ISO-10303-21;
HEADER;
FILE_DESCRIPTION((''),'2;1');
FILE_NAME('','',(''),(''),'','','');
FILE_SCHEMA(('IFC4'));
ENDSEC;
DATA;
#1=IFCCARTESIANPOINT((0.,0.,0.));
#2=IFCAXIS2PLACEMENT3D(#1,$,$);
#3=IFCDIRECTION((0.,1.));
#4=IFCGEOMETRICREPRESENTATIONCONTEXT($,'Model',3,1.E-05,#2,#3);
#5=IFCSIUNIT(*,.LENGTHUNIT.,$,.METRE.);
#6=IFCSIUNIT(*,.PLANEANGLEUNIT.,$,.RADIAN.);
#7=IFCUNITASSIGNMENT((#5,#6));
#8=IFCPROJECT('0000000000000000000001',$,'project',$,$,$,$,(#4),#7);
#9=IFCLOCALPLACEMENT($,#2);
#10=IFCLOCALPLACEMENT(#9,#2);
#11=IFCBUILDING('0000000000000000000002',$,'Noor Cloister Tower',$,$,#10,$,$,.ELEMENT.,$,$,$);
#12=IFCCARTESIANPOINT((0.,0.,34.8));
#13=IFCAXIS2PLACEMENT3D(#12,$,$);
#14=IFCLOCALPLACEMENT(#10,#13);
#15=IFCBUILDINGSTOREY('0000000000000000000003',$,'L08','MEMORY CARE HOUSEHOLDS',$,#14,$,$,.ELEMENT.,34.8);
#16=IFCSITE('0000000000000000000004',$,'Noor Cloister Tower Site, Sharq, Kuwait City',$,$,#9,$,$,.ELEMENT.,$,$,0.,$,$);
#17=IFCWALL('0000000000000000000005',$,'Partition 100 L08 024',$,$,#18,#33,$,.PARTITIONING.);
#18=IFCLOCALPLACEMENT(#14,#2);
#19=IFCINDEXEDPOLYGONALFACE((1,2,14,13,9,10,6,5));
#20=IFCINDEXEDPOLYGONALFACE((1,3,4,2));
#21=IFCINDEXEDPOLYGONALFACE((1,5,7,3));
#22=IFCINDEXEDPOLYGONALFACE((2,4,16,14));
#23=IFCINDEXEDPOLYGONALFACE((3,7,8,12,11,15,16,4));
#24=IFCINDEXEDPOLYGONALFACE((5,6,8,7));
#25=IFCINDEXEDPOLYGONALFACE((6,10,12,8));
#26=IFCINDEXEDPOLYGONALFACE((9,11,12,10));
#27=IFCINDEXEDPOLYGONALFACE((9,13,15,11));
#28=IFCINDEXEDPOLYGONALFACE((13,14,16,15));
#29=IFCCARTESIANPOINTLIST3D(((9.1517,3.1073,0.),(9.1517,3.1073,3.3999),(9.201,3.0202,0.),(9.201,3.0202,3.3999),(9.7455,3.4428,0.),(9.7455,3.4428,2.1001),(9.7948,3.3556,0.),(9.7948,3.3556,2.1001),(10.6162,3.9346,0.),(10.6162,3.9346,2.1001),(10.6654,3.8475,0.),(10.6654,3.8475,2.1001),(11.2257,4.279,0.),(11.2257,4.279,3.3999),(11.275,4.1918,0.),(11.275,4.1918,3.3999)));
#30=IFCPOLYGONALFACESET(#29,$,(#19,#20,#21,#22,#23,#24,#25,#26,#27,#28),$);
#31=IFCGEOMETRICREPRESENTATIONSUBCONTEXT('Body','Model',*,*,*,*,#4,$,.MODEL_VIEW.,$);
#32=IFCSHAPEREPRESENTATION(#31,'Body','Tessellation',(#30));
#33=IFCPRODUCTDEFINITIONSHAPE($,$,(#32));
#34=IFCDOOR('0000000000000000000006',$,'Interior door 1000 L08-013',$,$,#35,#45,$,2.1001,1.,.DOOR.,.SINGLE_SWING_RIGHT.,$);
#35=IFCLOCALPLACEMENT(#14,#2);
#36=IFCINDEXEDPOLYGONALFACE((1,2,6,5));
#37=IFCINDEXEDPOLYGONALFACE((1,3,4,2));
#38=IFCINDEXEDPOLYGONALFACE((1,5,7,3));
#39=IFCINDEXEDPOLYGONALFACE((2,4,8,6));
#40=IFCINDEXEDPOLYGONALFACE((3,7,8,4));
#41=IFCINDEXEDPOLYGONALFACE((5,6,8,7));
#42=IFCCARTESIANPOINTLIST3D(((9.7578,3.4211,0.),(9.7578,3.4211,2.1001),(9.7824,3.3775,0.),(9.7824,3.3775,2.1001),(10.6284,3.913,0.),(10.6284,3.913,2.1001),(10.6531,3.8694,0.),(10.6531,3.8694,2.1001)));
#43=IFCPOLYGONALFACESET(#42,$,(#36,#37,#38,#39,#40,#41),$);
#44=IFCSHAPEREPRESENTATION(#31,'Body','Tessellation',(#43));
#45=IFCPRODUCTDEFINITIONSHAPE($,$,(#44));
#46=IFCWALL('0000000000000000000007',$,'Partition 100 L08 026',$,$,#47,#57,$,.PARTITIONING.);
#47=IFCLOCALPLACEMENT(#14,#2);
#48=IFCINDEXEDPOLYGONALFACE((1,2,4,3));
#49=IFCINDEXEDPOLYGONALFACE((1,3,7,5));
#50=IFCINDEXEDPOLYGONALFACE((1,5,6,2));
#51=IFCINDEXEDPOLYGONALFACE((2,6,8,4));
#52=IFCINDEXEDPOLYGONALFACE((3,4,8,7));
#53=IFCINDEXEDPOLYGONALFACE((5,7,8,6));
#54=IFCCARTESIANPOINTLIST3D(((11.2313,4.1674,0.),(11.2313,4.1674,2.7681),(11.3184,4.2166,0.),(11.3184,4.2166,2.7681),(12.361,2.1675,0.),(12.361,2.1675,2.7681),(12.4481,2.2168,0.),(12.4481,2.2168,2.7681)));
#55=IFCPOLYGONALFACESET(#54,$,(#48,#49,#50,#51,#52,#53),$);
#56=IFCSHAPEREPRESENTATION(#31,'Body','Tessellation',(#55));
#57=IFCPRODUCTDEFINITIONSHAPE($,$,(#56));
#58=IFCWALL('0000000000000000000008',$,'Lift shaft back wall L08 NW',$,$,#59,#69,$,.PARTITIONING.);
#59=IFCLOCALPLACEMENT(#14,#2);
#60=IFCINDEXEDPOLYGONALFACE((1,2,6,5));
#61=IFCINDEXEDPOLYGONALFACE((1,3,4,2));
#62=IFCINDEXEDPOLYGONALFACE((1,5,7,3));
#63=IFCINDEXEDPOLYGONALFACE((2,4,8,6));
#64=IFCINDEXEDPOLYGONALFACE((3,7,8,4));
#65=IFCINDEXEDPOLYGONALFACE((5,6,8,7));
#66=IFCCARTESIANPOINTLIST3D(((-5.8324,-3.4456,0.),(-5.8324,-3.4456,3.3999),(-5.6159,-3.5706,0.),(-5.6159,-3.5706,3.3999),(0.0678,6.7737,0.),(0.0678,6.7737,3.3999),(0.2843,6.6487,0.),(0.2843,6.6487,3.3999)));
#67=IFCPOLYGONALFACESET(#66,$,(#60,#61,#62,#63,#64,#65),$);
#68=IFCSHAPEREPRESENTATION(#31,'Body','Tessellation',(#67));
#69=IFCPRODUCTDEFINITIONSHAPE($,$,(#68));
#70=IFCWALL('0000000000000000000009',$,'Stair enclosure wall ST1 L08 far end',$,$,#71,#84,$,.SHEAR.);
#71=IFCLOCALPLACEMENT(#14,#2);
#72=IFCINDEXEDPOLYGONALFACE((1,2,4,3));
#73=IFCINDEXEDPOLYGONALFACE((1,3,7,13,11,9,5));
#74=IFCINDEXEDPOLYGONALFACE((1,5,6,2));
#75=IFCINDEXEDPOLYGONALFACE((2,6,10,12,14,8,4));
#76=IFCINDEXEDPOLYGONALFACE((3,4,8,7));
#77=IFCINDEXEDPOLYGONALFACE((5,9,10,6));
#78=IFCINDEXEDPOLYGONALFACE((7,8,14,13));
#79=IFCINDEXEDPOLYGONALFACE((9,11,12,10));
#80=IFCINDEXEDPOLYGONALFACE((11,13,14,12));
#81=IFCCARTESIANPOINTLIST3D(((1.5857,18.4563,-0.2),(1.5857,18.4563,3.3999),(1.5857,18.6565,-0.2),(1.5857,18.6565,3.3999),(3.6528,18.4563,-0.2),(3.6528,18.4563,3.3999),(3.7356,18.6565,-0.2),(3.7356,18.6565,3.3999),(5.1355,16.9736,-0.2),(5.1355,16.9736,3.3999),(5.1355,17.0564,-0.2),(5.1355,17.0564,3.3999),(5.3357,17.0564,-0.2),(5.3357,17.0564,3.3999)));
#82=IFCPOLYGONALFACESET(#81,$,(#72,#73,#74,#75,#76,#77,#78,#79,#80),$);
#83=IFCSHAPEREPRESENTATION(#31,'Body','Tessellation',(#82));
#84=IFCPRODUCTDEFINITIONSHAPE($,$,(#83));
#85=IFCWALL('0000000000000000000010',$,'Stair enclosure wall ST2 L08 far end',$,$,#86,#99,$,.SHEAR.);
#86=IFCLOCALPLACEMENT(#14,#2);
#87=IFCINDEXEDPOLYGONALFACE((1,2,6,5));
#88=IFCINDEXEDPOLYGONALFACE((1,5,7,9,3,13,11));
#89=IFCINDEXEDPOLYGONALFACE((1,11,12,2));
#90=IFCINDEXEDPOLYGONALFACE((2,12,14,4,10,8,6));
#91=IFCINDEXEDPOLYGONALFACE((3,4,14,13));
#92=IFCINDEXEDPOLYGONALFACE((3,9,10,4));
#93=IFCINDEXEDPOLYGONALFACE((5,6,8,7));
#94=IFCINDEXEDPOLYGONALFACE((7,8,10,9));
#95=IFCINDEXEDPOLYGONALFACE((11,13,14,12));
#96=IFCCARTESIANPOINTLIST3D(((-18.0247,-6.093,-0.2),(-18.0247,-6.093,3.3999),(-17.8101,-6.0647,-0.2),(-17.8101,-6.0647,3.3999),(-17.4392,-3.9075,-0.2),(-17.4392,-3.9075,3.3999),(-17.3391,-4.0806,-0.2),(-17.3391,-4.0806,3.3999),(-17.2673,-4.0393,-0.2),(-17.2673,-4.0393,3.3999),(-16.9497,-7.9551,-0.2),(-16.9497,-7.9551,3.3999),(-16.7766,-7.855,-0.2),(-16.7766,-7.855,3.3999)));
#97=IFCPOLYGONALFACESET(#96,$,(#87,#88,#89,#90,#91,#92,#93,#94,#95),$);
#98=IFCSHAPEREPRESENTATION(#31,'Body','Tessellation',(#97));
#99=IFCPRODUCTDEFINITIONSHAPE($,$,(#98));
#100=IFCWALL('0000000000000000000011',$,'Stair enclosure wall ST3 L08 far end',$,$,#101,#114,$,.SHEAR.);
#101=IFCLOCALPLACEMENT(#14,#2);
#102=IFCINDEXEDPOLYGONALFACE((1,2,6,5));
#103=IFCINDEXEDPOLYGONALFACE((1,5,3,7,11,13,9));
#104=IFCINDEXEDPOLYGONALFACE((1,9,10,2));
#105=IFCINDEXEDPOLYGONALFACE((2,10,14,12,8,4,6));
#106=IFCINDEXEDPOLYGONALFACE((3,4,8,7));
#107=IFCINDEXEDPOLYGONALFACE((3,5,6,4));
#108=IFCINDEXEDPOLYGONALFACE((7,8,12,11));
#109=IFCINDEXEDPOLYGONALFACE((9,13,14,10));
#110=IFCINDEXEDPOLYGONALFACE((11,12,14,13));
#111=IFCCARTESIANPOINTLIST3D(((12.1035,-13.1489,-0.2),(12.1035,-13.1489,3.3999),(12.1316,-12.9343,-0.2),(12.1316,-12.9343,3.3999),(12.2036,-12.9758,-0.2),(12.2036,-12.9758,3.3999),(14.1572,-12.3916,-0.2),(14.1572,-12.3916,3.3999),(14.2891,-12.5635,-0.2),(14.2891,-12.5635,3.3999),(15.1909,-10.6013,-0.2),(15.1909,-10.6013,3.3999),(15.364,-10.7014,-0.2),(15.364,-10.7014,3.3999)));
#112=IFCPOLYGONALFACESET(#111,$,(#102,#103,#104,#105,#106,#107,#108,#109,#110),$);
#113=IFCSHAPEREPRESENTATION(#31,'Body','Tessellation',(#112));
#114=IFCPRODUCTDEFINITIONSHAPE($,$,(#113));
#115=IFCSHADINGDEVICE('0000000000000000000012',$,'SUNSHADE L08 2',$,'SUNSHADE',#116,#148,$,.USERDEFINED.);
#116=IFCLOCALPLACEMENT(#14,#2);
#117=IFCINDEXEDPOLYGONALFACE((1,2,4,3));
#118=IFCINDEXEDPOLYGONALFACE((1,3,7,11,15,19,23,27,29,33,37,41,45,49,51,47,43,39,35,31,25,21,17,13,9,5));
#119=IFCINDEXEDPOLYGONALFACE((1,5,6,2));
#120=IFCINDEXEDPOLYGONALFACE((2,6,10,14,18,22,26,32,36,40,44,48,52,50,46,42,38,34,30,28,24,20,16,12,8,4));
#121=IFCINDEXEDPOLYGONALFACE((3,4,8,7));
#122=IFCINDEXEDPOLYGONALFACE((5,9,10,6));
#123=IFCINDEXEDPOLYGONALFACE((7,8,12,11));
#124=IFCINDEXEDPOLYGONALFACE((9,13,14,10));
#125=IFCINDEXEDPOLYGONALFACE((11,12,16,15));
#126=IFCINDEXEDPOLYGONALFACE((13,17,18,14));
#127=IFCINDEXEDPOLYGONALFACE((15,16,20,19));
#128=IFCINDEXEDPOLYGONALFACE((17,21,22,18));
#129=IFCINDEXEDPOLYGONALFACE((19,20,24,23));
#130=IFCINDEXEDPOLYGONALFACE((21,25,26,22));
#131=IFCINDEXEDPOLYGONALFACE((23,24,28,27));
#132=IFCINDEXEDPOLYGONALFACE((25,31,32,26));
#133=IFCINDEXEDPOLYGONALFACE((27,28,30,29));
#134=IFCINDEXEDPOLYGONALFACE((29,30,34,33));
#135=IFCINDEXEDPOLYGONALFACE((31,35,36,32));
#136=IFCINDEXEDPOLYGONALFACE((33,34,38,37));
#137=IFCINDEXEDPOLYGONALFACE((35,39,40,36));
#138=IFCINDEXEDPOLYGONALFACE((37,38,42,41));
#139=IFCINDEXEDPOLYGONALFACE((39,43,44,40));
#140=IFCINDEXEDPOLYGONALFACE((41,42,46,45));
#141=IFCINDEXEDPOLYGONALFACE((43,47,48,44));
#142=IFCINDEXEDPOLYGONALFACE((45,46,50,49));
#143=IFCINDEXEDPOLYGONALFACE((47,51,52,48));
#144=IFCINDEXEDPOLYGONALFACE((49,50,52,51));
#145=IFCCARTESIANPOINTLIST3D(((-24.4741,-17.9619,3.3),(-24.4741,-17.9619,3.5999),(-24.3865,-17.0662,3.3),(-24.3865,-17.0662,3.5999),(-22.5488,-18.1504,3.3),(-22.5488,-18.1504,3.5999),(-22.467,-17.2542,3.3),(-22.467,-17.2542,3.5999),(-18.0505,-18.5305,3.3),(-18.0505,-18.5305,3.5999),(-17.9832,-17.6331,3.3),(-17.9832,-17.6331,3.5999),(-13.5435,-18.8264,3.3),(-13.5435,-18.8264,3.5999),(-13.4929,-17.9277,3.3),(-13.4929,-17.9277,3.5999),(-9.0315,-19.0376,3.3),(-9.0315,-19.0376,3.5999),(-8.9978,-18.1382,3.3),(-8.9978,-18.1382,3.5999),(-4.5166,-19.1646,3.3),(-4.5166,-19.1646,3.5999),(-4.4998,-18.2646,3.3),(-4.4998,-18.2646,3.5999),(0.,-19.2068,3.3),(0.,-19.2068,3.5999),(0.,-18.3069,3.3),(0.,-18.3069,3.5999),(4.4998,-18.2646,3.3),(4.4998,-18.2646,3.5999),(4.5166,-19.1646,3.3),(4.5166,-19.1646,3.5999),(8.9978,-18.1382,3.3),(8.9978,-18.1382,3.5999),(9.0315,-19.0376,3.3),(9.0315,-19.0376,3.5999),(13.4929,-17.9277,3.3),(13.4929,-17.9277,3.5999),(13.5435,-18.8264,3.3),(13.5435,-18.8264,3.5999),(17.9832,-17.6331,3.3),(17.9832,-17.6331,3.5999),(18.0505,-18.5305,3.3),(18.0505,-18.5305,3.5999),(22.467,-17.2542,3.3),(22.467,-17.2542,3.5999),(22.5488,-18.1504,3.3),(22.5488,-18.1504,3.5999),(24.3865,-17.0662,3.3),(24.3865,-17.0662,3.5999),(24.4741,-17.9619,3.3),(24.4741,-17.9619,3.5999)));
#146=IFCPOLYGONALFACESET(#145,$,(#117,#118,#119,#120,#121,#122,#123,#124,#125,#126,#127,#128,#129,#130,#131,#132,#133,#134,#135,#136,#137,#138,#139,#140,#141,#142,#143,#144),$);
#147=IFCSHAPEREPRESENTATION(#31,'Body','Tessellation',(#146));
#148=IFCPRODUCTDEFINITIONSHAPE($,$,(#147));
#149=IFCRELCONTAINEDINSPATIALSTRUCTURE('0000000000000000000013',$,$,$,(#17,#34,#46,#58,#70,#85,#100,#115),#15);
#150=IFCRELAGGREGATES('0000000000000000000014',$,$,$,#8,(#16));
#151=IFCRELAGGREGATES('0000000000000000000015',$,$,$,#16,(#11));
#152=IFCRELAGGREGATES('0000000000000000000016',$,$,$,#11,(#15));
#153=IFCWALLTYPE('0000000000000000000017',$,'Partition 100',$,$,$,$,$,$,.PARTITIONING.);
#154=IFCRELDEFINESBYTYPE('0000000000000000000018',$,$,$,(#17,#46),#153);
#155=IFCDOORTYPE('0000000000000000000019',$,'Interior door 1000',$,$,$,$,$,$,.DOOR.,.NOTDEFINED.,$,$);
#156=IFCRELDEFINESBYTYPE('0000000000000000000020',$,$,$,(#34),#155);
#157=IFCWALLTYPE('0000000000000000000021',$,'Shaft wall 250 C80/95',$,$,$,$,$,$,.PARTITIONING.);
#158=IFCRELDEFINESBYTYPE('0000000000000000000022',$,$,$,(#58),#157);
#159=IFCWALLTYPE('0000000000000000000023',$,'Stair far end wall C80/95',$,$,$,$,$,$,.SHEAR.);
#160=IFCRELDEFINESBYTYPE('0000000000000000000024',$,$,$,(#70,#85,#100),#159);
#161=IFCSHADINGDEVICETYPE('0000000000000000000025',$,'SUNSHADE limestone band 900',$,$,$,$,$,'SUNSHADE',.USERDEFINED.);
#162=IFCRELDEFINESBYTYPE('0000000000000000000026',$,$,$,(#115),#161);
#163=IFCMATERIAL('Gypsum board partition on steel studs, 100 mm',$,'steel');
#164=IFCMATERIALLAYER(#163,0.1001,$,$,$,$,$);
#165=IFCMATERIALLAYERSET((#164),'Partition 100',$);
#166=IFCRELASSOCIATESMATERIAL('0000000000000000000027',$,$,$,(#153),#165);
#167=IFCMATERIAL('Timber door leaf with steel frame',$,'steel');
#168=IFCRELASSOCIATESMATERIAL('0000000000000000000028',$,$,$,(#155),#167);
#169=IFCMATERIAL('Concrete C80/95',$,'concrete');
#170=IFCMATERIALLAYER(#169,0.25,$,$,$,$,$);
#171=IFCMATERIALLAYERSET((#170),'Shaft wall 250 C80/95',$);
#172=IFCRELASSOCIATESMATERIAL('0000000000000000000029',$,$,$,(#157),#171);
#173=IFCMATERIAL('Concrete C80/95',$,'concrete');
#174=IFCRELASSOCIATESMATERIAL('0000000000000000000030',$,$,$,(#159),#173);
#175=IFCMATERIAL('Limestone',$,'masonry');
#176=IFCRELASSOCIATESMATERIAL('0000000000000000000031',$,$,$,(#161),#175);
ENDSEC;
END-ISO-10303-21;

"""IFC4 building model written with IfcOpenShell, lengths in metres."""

from ifc_helpers import new_model, si_unit, direction, frame, frame_2d, origin, place, context, subcontext, project, spatial, polyline, rectangle, outline, extrude, material, layer, layer_set, type_object, element, fill, save


model = new_model("IFC4")

# Units and contexts
model_context = context("Model", 3, precision=1e-05, world=origin(), true_north=direction((0.0, 1.0)))
body_context = subcontext(model_context, "Body", "Model", "MODEL_VIEW")
ifc_project = project(units=[si_unit("LENGTHUNIT", "METRE"), si_unit("PLANEANGLEUNIT", "RADIAN")], contexts=[model_context])

# Site, building, storey
site_placement = place(None, origin())
site = spatial("IfcSite", under=ifc_project, at=site_placement, Name="Noor Cloister Tower Site, Sharq, Kuwait City", CompositionType="ELEMENT", RefElevation=0.0)
building_placement = place(site_placement, origin())
building = spatial("IfcBuilding", under=site, at=building_placement, Name="Noor Cloister Tower", CompositionType="ELEMENT")
storey_placement = place(building_placement, frame((0.0, 0.0, 34.8)))
storey = spatial("IfcBuildingStorey", under=building, at=storey_placement, Name="L08", Description="MEMORY CARE HOUSEHOLDS", CompositionType="ELEMENT", Elevation=34.8)

# Wall, opening, door
ifc_material_1 = material(Name="Gypsum board partition on steel studs, 100 mm", Category="steel")
ifc_layer_1 = layer(ifc_material_1, 0.1001)
ifc_layer_set_1 = layer_set([ifc_layer_1], Name="Partition 100")
wall_type_1 = type_object("IfcWallType", Name="Partition 100", PredefinedType="PARTITIONING", material=ifc_layer_set_1)
wall_1_placement = place(storey_placement, frame((11.2502, 4.2354, 0.0), z_axis=(0.0, 0.0, 1.0), x_axis=(-0.870674, -0.491861, 0.0)))
wall_1 = element("IfcWall", 1, at=wall_1_placement, inside=storey, type_object=wall_type_1, Name="Partition 100 L08 024", PredefinedType="PARTITIONING", context=body_context, shape_type="SweptSolid", body=[
    extrude(rectangle(XDim=2.3821, YDim=0.1001, at=frame_2d((1.1909, 0.0))), origin(), (0.0, 0.0, 1.0), 3.3999),
])
opening_1_placement = place(wall_1_placement, frame((0.7, 0.0, 0.0)))
opening_1 = element("IfcOpeningElement", 2, at=opening_1_placement, cuts=wall_1, PredefinedType="OPENING", context=body_context, shape_type="SweptSolid", body=[
    extrude(rectangle(XDim=1.0, YDim=2.1001, at=frame_2d((0.5, 1.05))), frame((0.0, 0.0601, 0.0), z_axis=(0.0, -1.0, 0.0), x_axis=(1.0, 0.0, 0.0)), (0.0, 0.0, 1.0), 0.1201),
])
ifc_material_2 = material(Name="Timber door leaf with steel frame", Category="steel")
door_type_1 = type_object("IfcDoorType", Name="Interior door 1000", OperationType="NOTDEFINED", PredefinedType="DOOR", material=ifc_material_2)
door_1_placement = place(opening_1_placement, origin())
door_1 = element("IfcDoor", 3, at=door_1_placement, inside=storey, type_object=door_type_1, Name="Interior door 1000 L08-013", OperationType="SINGLE_SWING_RIGHT", OverallHeight=2.1001, OverallWidth=1.0, PredefinedType="DOOR", context=body_context, shape_type="SweptSolid", body=[
    extrude(rectangle(XDim=1.0, YDim=2.1001, at=frame_2d((0.5, 1.05))), frame((0.0, 0.0249, 0.0), z_axis=(0.0, -1.0, 0.0), x_axis=(1.0, 0.0, 0.0)), (0.0, 0.0, 1.0), 0.05),
])
fill(opening_1, door_1)

# Walls
wall_2_placement = place(storey_placement, frame((12.4045, 2.1921, 0.0), z_axis=(0.0, 0.0, 1.0), x_axis=(-0.49184, 0.870686, 0.0)))
element("IfcWall", 4, at=wall_2_placement, inside=storey, type_object=wall_type_1, Name="Partition 100 L08 026", PredefinedType="PARTITIONING", context=body_context, shape_type="SweptSolid", body=[
    extrude(rectangle(XDim=2.2969, YDim=0.1001, at=frame_2d((1.1484, 0.0))), origin(), (0.0, 0.0, 1.0), 2.7681),
])
ifc_material_3 = material(Name="Concrete C80/95", Category="concrete")
ifc_layer_2 = layer(ifc_material_3, 0.25)
ifc_layer_set_2 = layer_set([ifc_layer_2], Name="Shaft wall 250 C80/95")
wall_type_2 = type_object("IfcWallType", Name="Shaft wall 250 C80/95", PredefinedType="PARTITIONING", material=ifc_layer_set_2)
wall_3_placement = place(storey_placement, frame((0.176, 6.7112, 0.0), z_axis=(0.0, 0.0, 1.0), x_axis=(-0.500004, -0.866023, 0.0)))
element("IfcWall", 5, at=wall_3_placement, inside=storey, type_object=wall_type_2, Name="Lift shaft back wall L08 NW", PredefinedType="PARTITIONING", context=body_context, shape_type="SweptSolid", body=[
    extrude(rectangle(XDim=11.8003, YDim=0.25, at=frame_2d((5.9001, 0.0))), origin(), (0.0, 0.0, 1.0), 3.3999),
])
ifc_material_4 = material(Name="Concrete C80/95", Category="concrete")
wall_type_3 = type_object("IfcWallType", Name="Stair far end wall C80/95", PredefinedType="SHEAR", material=ifc_material_4)
wall_4_placement = place(storey_placement, frame((0.0, 0.0, -0.2)))
element("IfcWall", 6, at=wall_4_placement, inside=storey, type_object=wall_type_3, Name="Stair enclosure wall ST1 L08 far end", PredefinedType="SHEAR", context=body_context, shape_type="SweptSolid", body=[
    extrude(outline(polyline([(5.3357, 17.0564), (3.7356, 18.6565), (1.5857, 18.6565), (1.5857, 18.4563), (3.6528, 18.4563), (5.1355, 16.9736), (5.1355, 17.0564), (5.1355, 17.0564), (5.1355, 17.0564), (5.1355, 17.0564), (5.1355, 17.0564), (5.1355, 17.0564), (5.1355, 17.0564), (5.1355, 17.0564), (5.1355, 17.0564), (5.1355, 17.0564), (5.1355, 17.0564), (5.1355, 17.0564), (5.1355, 17.0564), (5.1355, 17.0564), (5.1355, 17.0564), (5.1355, 17.0564), (5.1355, 17.0564), (5.3357, 17.0564)])), origin(), (0.0, 0.0, 1.0), 3.5999),
])
wall_5_placement = place(storey_placement, frame((0.0, 0.0, -0.2)))
element("IfcWall", 7, at=wall_5_placement, inside=storey, type_object=wall_type_3, Name="Stair enclosure wall ST2 L08 far end", PredefinedType="SHEAR", context=body_context, shape_type="SweptSolid", body=[
    extrude(outline(polyline([(-17.4392, -3.9075), (-18.0247, -6.093), (-16.9497, -7.9551), (-16.7766, -7.855), (-17.8101, -6.0647), (-17.2673, -4.0393), (-17.3391, -4.0806), (-17.3391, -4.0806), (-17.3391, -4.0806), (-17.3391, -4.0806), (-17.3391, -4.0806), (-17.3391, -4.0806), (-17.3391, -4.0806), (-17.3391, -4.0806), (-17.3391, -4.0806), (-17.3391, -4.0806), (-17.3391, -4.0806), (-17.3391, -4.0806), (-17.3391, -4.0806), (-17.3391, -4.0806), (-17.3391, -4.0806), (-17.3391, -4.0806), (-17.3391, -4.0806), (-17.4392, -3.9075)])), origin(), (0.0, 0.0, 1.0), 3.5999),
])
wall_6_placement = place(storey_placement, frame((0.0, 0.0, -0.2)))
element("IfcWall", 8, at=wall_6_placement, inside=storey, type_object=wall_type_3, Name="Stair enclosure wall ST3 L08 far end", PredefinedType="SHEAR", context=body_context, shape_type="SweptSolid", body=[
    extrude(outline(polyline([(12.1035, -13.1489), (14.2891, -12.5635), (15.364, -10.7014), (15.1909, -10.6013), (14.1572, -12.3916), (12.1316, -12.9343), (12.2036, -12.9758), (12.2036, -12.9758), (12.2036, -12.9758), (12.2036, -12.9758), (12.2036, -12.9758), (12.2036, -12.9758), (12.2036, -12.9758), (12.2036, -12.9758), (12.2036, -12.9758), (12.2036, -12.9758), (12.2036, -12.9758), (12.2036, -12.9758), (12.2036, -12.9758), (12.2036, -12.9758), (12.2036, -12.9758), (12.2036, -12.9758), (12.2036, -12.9758), (12.1035, -13.1489)])), origin(), (0.0, 0.0, 1.0), 3.5999),
])

# Shading device
ifc_material_5 = material(Name="Limestone", Category="masonry")
shading_device_type = type_object("IfcShadingDeviceType", Name="SUNSHADE limestone band 900", ElementType="SUNSHADE", PredefinedType="USERDEFINED", material=ifc_material_5)
shading_device_1_placement = place(storey_placement, frame((0.0, 0.0, 3.3)))
element("IfcShadingDevice", 9, at=shading_device_1_placement, inside=storey, type_object=shading_device_type, Name="SUNSHADE L08 2", ObjectType="SUNSHADE", PredefinedType="USERDEFINED", context=body_context, shape_type="SweptSolid", body=[
    extrude(outline(polyline([(-24.4741, -17.9619), (-22.5488, -18.1504), (-18.0505, -18.5305), (-13.5435, -18.8264), (-9.0315, -19.0376), (-4.5166, -19.1646), (0.0, -19.2068), (4.5166, -19.1646), (9.0315, -19.0376), (13.5435, -18.8264), (18.0505, -18.5305), (22.5488, -18.1504), (24.4741, -17.9619), (24.3865, -17.0662), (22.467, -17.2542), (17.9832, -17.6331), (13.4929, -17.9277), (8.9978, -18.1382), (4.4998, -18.2646), (0.0, -18.3069), (-4.4998, -18.2646), (-8.9978, -18.1382), (-13.4929, -17.9277), (-17.9832, -17.6331), (-22.467, -17.2542), (-24.3865, -17.0662), (-24.4741, -17.9619)])), origin(), (0.0, 0.0, 1.0), 0.2998),
])

save(model, "model.ifc")
